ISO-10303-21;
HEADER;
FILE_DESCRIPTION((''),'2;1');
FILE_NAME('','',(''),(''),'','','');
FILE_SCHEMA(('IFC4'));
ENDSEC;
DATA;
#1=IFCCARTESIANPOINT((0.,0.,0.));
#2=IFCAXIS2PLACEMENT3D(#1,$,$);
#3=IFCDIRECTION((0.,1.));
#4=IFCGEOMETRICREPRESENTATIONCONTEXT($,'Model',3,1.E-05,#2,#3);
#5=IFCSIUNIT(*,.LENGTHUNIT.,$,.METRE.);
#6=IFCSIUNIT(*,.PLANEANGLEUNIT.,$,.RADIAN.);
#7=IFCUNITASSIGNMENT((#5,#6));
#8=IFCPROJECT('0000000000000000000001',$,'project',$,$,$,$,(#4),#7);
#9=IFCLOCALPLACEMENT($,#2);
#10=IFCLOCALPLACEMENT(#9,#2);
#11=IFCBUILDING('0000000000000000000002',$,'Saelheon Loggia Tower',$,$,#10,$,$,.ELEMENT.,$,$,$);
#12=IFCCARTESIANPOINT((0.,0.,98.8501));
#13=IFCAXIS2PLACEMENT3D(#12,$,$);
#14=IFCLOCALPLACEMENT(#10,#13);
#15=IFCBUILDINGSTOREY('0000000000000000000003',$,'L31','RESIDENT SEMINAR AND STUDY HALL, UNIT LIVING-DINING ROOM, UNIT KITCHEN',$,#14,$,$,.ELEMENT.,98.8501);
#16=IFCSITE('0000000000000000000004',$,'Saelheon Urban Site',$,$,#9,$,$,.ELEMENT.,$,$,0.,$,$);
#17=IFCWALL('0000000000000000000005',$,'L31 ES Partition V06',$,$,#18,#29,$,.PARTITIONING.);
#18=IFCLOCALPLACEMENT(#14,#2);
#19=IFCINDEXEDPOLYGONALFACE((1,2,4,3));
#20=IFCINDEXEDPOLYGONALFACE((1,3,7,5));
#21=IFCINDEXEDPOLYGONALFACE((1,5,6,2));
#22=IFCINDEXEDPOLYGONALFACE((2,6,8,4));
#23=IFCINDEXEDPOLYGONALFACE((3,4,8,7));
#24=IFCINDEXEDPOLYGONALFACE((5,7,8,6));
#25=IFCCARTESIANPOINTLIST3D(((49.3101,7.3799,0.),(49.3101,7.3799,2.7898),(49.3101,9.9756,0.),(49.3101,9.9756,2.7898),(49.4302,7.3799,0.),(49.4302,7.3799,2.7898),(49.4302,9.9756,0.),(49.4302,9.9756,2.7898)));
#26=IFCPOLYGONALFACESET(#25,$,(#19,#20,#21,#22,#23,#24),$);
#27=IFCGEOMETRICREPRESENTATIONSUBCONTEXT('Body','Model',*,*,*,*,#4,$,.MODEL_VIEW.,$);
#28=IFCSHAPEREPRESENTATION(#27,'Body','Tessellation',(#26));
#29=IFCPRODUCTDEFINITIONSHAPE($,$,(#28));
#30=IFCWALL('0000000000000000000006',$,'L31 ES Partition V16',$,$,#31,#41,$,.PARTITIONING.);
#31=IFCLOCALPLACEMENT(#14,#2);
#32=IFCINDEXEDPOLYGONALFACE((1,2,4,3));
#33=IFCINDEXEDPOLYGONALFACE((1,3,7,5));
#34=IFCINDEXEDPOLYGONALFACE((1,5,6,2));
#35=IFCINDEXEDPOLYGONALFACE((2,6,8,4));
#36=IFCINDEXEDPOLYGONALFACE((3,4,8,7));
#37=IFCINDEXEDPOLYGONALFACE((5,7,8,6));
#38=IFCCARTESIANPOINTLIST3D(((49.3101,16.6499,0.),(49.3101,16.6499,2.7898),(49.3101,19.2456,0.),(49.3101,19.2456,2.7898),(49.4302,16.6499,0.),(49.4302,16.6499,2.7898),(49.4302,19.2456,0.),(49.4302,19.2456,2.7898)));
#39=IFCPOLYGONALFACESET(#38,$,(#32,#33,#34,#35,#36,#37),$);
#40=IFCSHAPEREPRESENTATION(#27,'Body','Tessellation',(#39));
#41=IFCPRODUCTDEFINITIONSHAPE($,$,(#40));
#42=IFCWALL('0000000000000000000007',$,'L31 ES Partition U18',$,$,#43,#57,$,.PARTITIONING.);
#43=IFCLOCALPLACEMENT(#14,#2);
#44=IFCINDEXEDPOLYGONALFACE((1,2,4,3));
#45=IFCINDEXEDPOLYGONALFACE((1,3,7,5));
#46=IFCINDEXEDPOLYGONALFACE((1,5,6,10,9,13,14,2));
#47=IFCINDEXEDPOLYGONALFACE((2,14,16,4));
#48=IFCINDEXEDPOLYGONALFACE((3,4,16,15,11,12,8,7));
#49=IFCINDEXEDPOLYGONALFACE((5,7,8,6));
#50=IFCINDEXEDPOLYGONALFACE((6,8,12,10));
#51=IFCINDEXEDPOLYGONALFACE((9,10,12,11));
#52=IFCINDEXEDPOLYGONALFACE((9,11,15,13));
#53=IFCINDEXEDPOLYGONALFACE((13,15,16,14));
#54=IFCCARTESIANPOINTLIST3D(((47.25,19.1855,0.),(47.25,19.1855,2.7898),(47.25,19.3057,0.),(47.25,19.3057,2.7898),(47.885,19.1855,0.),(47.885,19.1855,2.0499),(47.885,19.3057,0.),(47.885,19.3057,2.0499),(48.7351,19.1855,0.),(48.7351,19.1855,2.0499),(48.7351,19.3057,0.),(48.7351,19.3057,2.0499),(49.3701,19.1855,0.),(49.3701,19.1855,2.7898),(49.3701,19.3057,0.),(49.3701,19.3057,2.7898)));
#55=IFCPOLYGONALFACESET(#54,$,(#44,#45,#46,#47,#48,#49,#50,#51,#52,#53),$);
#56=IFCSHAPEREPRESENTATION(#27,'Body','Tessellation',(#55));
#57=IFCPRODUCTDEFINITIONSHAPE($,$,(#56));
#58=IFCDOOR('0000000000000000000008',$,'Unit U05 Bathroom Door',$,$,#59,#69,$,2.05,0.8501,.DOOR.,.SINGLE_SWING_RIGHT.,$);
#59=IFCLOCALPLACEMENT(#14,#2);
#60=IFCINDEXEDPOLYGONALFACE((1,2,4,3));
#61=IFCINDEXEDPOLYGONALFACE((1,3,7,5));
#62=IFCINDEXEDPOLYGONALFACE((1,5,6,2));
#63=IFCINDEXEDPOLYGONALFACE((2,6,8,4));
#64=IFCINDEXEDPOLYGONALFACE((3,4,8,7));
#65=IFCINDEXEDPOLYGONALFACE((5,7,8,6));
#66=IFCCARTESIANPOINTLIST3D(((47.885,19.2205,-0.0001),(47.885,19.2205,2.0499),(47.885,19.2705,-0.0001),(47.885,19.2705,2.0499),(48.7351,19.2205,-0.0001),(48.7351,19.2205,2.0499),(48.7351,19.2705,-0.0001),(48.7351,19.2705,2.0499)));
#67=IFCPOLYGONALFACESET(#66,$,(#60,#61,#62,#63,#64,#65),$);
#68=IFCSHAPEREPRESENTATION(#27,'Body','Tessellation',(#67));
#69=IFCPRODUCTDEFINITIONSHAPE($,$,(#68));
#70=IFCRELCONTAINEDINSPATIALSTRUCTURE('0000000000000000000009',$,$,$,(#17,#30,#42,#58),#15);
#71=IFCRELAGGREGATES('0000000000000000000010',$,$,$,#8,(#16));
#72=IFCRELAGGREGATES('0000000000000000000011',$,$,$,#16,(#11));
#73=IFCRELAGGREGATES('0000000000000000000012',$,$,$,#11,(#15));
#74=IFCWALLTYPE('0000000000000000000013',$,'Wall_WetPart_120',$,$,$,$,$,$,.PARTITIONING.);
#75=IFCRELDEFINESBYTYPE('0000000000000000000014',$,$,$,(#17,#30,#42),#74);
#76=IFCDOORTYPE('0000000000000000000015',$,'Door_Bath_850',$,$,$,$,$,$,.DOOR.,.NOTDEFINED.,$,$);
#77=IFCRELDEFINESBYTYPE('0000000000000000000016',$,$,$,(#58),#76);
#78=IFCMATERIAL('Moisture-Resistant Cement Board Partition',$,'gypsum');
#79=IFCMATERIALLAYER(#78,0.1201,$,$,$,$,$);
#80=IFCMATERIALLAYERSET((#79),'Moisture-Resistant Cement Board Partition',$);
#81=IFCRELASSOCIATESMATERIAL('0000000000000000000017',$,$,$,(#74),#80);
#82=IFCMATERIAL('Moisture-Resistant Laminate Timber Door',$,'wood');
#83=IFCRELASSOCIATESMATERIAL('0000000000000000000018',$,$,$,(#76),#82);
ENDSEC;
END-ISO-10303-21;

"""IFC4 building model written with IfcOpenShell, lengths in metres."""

from ifc_helpers import new_model, si_unit, direction, frame, frame_2d, origin, place, context, subcontext, project, spatial, rectangle, extrude, source, transform, mapped, material, layer, layer_set, type_object, element, fill, save


model = new_model("IFC4")

# Units and contexts
model_context = context("Model", 3, precision=1e-05, world=origin(), true_north=direction((0.0, 1.0)))
body_context = subcontext(model_context, "Body", "Model", "MODEL_VIEW")
ifc_project = project(units=[si_unit("LENGTHUNIT", "METRE"), si_unit("PLANEANGLEUNIT", "RADIAN")], contexts=[model_context])

# Site, building, storey
site_placement = place(None, origin())
site = spatial("IfcSite", under=ifc_project, at=site_placement, Name="Saelheon Urban Site", CompositionType="ELEMENT", RefElevation=0.0)
building_placement = place(site_placement, origin())
building = spatial("IfcBuilding", under=site, at=building_placement, Name="Saelheon Loggia Tower", CompositionType="ELEMENT")
storey_placement = place(building_placement, frame((0.0, 0.0, 98.8501)))
storey = spatial("IfcBuildingStorey", under=building, at=storey_placement, Name="L31", Description="RESIDENT SEMINAR AND STUDY HALL, UNIT LIVING-DINING ROOM, UNIT KITCHEN", CompositionType="ELEMENT", Elevation=98.8501)

# Walls
ifc_material_1 = material(Name="Moisture-Resistant Cement Board Partition", Category="gypsum")
ifc_layer_1 = layer(ifc_material_1, 0.1201)
ifc_layer_set_1 = layer_set([ifc_layer_1], Name="Moisture-Resistant Cement Board Partition")
wall_type_1 = type_object("IfcWallType", Name="Wall_WetPart_120", PredefinedType="PARTITIONING", material=ifc_layer_set_1)
for number, where, z_axis, x_axis, name in (
    (1, (49.3701, 7.3799, 0.0), (0.0, 0.0, 1.0), (0.0, 1.0, 0.0), "L31 ES Partition V06"),
    (2, (49.3701, 16.6499, 0.0), (0.0, 0.0, 1.0), (0.0, 1.0, 0.0), "L31 ES Partition V16"),
):
    element("IfcWall", number, at=place(storey_placement, frame(where, z_axis=z_axis, x_axis=x_axis)), inside=storey, type_object=wall_type_1, Name=name, PredefinedType="PARTITIONING", context=body_context, shape_type="SweptSolid", body=[
        extrude(rectangle(XDim=2.5957, YDim=0.1201, at=frame_2d((1.2979, 0.0))), origin(), (0.0, 0.0, 1.0), 2.7898),
    ])

# Wall, opening, door
wall_1_placement = place(storey_placement, frame((47.25, 19.2456, 0.0), z_axis=(0.0, 0.0, 1.0), x_axis=(1.0, 0.0, 0.0)))
wall_1 = element("IfcWall", 3, at=wall_1_placement, inside=storey, type_object=wall_type_1, Name="L31 ES Partition U18", PredefinedType="PARTITIONING", context=body_context, shape_type="SweptSolid", body=[
    extrude(rectangle(XDim=2.1201, YDim=0.1201, at=frame_2d((1.0601, 0.0))), origin(), (0.0, 0.0, 1.0), 2.7898),
])
opening_1_placement = place(wall_1_placement, frame((0.635, 0.0, 0.0)))
opening_1 = element("IfcOpeningElement", 4, at=opening_1_placement, cuts=wall_1, PredefinedType="OPENING", context=body_context, shape_type="SweptSolid", body=[
    extrude(rectangle(XDim=0.8501, YDim=2.05, at=frame_2d((0.425, 1.0249))), frame((0.0, 0.072, 0.0), z_axis=(0.0, -1.0, 0.0), x_axis=(1.0, 0.0, 0.0)), (0.0, 0.0, 1.0), 0.144),
])
ifc_material_2 = material(Name="Moisture-Resistant Laminate Timber Door", Category="wood")
door_type_1 = type_object("IfcDoorType", Name="Door_Bath_850", OperationType="NOTDEFINED", PredefinedType="DOOR", material=ifc_material_2)
shared_shape_1 = source(origin(), body_context, "Body", "SweptSolid", [
    extrude(rectangle(XDim=0.8501, YDim=2.05, at=frame_2d((0.425, 1.0249))), frame((0.0, 0.0249, 0.0), z_axis=(0.0, -1.0, 0.0), x_axis=(1.0, 0.0, 0.0)), (0.0, 0.0, 1.0), 0.05),
])
door_1_placement = place(opening_1_placement, origin())
door_1 = element("IfcDoor", 5, at=door_1_placement, inside=storey, type_object=door_type_1, Name="Unit U05 Bathroom Door", OperationType="SINGLE_SWING_RIGHT", OverallHeight=2.05, OverallWidth=0.8501, PredefinedType="DOOR", context=body_context, shape_type="MappedRepresentation", body=[
    mapped(shared_shape_1, transform((0.0, 0.0, 0.0), scale=1.0)),
])
fill(opening_1, door_1)

save(model, "model.ifc")
